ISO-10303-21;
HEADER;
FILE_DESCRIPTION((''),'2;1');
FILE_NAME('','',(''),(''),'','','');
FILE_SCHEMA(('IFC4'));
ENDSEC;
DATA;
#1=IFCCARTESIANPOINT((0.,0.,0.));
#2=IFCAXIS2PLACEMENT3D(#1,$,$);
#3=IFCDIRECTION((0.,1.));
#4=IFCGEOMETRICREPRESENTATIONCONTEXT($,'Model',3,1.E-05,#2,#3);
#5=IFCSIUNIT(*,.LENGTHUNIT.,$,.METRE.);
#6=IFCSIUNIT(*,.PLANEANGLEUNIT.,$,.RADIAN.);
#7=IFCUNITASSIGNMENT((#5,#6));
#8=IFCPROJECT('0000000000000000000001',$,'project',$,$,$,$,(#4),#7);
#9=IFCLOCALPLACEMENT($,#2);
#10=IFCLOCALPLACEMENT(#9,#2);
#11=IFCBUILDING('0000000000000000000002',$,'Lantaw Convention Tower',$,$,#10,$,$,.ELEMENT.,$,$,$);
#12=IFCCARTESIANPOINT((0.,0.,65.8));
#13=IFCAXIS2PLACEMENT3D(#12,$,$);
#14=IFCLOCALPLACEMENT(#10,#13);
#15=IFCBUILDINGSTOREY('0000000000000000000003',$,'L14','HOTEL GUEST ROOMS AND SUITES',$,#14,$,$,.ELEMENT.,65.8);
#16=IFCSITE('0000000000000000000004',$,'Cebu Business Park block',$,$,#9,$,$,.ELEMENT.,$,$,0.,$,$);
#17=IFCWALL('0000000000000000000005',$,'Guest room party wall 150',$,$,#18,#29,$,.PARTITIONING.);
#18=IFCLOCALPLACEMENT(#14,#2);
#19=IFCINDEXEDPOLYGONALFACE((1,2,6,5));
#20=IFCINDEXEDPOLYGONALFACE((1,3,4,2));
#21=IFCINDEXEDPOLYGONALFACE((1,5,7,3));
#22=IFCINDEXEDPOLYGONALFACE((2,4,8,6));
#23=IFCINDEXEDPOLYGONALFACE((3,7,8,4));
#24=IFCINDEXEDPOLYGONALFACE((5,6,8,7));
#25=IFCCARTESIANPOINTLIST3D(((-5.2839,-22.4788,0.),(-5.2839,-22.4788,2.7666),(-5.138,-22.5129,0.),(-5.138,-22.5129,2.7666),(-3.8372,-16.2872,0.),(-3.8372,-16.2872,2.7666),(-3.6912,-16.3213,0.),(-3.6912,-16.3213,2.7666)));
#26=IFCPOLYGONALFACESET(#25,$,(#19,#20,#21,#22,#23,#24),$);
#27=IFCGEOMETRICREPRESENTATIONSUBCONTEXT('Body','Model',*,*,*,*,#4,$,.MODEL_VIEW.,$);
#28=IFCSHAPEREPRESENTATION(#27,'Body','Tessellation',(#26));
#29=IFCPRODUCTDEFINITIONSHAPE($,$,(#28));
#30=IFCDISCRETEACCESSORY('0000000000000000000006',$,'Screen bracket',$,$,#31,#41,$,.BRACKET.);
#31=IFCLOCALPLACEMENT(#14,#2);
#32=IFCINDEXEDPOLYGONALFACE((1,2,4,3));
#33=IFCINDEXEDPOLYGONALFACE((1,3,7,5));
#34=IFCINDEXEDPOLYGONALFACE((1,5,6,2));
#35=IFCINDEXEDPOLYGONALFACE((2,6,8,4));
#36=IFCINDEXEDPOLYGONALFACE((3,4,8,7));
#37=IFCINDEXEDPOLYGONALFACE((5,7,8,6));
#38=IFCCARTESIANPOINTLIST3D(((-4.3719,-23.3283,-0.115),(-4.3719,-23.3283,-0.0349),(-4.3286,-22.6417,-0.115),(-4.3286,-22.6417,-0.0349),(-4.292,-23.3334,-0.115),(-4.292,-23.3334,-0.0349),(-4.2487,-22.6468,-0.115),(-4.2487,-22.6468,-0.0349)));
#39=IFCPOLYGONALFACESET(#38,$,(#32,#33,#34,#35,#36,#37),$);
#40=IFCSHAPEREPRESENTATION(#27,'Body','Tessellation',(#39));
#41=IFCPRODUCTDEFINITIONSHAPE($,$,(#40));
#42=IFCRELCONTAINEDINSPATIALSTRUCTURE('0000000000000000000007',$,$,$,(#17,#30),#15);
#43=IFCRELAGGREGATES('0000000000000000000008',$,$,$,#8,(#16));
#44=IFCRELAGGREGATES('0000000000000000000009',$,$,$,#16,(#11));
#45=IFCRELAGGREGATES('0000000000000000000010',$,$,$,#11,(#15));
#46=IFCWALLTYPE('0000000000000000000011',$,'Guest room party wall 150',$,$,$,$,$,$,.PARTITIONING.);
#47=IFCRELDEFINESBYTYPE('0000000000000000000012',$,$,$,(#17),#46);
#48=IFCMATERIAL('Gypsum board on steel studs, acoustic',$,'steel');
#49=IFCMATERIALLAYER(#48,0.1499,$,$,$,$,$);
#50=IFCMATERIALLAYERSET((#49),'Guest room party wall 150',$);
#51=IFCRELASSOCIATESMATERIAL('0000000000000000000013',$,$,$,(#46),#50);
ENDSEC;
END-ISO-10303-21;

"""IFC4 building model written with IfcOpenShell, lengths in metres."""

from ifc_helpers import new_model, si_unit, direction, frame, frame_2d, origin, origin_2d, place, context, subcontext, project, spatial, rectangle, extrude, material, layer, layer_set, type_object, element, save


model = new_model("IFC4")

# Units and contexts
model_context = context("Model", 3, precision=1e-05, world=origin(), true_north=direction((0.0, 1.0)))
body_context = subcontext(model_context, "Body", "Model", "MODEL_VIEW")
ifc_project = project(units=[si_unit("LENGTHUNIT", "METRE"), si_unit("PLANEANGLEUNIT", "RADIAN")], contexts=[model_context])

# Site, building, storey
site_placement = place(None, origin())
site = spatial("IfcSite", under=ifc_project, at=site_placement, Name="Cebu Business Park block", CompositionType="ELEMENT", RefElevation=0.0)
building_placement = place(site_placement, origin())
building = spatial("IfcBuilding", under=site, at=building_placement, Name="Lantaw Convention Tower", CompositionType="ELEMENT")
storey_placement = place(building_placement, frame((0.0, 0.0, 65.8)))
storey = spatial("IfcBuildingStorey", under=building, at=storey_placement, Name="L14", Description="HOTEL GUEST ROOMS AND SUITES", CompositionType="ELEMENT", Elevation=65.8)

# Wall
ifc_material_1 = material(Name="Gypsum board on steel studs, acoustic", Category="steel")
ifc_layer_1 = layer(ifc_material_1, 0.1499)
ifc_layer_set_1 = layer_set([ifc_layer_1], Name="Guest room party wall 150")
wall_type_1 = type_object("IfcWallType", Name="Guest room party wall 150", PredefinedType="PARTITIONING", material=ifc_layer_set_1)
wall_1_placement = place(storey_placement, frame((-5.2109, -22.4958, 0.0), z_axis=(0.0, 0.0, 1.0), x_axis=(0.227537, 0.97377, 0.0)))
element("IfcWall", 1, at=wall_1_placement, inside=storey, type_object=wall_type_1, Name="Guest room party wall 150", PredefinedType="PARTITIONING", context=body_context, shape_type="SweptSolid", body=[
    extrude(rectangle(XDim=6.3584, YDim=0.1499, at=frame_2d((3.1792, 0.0))), origin(), (0.0, 0.0, 1.0), 2.7666),
])

# Discrete accessory
discrete_accessory_placement = place(storey_placement, frame((-4.3103, -22.9875, -0.115), z_axis=(0.0, 0.0, 1.0), x_axis=(0.998016, -0.062958, 0.0)))
element("IfcDiscreteAccessory", 2, at=discrete_accessory_placement, inside=storey, Name="Screen bracket", PredefinedType="BRACKET", context=body_context, shape_type="SweptSolid", body=[
    extrude(rectangle(XDim=0.0801, YDim=0.688, at=origin_2d()), origin(), (0.0, 0.0, 1.0), 0.0801),
])

save(model, "model.ifc")
